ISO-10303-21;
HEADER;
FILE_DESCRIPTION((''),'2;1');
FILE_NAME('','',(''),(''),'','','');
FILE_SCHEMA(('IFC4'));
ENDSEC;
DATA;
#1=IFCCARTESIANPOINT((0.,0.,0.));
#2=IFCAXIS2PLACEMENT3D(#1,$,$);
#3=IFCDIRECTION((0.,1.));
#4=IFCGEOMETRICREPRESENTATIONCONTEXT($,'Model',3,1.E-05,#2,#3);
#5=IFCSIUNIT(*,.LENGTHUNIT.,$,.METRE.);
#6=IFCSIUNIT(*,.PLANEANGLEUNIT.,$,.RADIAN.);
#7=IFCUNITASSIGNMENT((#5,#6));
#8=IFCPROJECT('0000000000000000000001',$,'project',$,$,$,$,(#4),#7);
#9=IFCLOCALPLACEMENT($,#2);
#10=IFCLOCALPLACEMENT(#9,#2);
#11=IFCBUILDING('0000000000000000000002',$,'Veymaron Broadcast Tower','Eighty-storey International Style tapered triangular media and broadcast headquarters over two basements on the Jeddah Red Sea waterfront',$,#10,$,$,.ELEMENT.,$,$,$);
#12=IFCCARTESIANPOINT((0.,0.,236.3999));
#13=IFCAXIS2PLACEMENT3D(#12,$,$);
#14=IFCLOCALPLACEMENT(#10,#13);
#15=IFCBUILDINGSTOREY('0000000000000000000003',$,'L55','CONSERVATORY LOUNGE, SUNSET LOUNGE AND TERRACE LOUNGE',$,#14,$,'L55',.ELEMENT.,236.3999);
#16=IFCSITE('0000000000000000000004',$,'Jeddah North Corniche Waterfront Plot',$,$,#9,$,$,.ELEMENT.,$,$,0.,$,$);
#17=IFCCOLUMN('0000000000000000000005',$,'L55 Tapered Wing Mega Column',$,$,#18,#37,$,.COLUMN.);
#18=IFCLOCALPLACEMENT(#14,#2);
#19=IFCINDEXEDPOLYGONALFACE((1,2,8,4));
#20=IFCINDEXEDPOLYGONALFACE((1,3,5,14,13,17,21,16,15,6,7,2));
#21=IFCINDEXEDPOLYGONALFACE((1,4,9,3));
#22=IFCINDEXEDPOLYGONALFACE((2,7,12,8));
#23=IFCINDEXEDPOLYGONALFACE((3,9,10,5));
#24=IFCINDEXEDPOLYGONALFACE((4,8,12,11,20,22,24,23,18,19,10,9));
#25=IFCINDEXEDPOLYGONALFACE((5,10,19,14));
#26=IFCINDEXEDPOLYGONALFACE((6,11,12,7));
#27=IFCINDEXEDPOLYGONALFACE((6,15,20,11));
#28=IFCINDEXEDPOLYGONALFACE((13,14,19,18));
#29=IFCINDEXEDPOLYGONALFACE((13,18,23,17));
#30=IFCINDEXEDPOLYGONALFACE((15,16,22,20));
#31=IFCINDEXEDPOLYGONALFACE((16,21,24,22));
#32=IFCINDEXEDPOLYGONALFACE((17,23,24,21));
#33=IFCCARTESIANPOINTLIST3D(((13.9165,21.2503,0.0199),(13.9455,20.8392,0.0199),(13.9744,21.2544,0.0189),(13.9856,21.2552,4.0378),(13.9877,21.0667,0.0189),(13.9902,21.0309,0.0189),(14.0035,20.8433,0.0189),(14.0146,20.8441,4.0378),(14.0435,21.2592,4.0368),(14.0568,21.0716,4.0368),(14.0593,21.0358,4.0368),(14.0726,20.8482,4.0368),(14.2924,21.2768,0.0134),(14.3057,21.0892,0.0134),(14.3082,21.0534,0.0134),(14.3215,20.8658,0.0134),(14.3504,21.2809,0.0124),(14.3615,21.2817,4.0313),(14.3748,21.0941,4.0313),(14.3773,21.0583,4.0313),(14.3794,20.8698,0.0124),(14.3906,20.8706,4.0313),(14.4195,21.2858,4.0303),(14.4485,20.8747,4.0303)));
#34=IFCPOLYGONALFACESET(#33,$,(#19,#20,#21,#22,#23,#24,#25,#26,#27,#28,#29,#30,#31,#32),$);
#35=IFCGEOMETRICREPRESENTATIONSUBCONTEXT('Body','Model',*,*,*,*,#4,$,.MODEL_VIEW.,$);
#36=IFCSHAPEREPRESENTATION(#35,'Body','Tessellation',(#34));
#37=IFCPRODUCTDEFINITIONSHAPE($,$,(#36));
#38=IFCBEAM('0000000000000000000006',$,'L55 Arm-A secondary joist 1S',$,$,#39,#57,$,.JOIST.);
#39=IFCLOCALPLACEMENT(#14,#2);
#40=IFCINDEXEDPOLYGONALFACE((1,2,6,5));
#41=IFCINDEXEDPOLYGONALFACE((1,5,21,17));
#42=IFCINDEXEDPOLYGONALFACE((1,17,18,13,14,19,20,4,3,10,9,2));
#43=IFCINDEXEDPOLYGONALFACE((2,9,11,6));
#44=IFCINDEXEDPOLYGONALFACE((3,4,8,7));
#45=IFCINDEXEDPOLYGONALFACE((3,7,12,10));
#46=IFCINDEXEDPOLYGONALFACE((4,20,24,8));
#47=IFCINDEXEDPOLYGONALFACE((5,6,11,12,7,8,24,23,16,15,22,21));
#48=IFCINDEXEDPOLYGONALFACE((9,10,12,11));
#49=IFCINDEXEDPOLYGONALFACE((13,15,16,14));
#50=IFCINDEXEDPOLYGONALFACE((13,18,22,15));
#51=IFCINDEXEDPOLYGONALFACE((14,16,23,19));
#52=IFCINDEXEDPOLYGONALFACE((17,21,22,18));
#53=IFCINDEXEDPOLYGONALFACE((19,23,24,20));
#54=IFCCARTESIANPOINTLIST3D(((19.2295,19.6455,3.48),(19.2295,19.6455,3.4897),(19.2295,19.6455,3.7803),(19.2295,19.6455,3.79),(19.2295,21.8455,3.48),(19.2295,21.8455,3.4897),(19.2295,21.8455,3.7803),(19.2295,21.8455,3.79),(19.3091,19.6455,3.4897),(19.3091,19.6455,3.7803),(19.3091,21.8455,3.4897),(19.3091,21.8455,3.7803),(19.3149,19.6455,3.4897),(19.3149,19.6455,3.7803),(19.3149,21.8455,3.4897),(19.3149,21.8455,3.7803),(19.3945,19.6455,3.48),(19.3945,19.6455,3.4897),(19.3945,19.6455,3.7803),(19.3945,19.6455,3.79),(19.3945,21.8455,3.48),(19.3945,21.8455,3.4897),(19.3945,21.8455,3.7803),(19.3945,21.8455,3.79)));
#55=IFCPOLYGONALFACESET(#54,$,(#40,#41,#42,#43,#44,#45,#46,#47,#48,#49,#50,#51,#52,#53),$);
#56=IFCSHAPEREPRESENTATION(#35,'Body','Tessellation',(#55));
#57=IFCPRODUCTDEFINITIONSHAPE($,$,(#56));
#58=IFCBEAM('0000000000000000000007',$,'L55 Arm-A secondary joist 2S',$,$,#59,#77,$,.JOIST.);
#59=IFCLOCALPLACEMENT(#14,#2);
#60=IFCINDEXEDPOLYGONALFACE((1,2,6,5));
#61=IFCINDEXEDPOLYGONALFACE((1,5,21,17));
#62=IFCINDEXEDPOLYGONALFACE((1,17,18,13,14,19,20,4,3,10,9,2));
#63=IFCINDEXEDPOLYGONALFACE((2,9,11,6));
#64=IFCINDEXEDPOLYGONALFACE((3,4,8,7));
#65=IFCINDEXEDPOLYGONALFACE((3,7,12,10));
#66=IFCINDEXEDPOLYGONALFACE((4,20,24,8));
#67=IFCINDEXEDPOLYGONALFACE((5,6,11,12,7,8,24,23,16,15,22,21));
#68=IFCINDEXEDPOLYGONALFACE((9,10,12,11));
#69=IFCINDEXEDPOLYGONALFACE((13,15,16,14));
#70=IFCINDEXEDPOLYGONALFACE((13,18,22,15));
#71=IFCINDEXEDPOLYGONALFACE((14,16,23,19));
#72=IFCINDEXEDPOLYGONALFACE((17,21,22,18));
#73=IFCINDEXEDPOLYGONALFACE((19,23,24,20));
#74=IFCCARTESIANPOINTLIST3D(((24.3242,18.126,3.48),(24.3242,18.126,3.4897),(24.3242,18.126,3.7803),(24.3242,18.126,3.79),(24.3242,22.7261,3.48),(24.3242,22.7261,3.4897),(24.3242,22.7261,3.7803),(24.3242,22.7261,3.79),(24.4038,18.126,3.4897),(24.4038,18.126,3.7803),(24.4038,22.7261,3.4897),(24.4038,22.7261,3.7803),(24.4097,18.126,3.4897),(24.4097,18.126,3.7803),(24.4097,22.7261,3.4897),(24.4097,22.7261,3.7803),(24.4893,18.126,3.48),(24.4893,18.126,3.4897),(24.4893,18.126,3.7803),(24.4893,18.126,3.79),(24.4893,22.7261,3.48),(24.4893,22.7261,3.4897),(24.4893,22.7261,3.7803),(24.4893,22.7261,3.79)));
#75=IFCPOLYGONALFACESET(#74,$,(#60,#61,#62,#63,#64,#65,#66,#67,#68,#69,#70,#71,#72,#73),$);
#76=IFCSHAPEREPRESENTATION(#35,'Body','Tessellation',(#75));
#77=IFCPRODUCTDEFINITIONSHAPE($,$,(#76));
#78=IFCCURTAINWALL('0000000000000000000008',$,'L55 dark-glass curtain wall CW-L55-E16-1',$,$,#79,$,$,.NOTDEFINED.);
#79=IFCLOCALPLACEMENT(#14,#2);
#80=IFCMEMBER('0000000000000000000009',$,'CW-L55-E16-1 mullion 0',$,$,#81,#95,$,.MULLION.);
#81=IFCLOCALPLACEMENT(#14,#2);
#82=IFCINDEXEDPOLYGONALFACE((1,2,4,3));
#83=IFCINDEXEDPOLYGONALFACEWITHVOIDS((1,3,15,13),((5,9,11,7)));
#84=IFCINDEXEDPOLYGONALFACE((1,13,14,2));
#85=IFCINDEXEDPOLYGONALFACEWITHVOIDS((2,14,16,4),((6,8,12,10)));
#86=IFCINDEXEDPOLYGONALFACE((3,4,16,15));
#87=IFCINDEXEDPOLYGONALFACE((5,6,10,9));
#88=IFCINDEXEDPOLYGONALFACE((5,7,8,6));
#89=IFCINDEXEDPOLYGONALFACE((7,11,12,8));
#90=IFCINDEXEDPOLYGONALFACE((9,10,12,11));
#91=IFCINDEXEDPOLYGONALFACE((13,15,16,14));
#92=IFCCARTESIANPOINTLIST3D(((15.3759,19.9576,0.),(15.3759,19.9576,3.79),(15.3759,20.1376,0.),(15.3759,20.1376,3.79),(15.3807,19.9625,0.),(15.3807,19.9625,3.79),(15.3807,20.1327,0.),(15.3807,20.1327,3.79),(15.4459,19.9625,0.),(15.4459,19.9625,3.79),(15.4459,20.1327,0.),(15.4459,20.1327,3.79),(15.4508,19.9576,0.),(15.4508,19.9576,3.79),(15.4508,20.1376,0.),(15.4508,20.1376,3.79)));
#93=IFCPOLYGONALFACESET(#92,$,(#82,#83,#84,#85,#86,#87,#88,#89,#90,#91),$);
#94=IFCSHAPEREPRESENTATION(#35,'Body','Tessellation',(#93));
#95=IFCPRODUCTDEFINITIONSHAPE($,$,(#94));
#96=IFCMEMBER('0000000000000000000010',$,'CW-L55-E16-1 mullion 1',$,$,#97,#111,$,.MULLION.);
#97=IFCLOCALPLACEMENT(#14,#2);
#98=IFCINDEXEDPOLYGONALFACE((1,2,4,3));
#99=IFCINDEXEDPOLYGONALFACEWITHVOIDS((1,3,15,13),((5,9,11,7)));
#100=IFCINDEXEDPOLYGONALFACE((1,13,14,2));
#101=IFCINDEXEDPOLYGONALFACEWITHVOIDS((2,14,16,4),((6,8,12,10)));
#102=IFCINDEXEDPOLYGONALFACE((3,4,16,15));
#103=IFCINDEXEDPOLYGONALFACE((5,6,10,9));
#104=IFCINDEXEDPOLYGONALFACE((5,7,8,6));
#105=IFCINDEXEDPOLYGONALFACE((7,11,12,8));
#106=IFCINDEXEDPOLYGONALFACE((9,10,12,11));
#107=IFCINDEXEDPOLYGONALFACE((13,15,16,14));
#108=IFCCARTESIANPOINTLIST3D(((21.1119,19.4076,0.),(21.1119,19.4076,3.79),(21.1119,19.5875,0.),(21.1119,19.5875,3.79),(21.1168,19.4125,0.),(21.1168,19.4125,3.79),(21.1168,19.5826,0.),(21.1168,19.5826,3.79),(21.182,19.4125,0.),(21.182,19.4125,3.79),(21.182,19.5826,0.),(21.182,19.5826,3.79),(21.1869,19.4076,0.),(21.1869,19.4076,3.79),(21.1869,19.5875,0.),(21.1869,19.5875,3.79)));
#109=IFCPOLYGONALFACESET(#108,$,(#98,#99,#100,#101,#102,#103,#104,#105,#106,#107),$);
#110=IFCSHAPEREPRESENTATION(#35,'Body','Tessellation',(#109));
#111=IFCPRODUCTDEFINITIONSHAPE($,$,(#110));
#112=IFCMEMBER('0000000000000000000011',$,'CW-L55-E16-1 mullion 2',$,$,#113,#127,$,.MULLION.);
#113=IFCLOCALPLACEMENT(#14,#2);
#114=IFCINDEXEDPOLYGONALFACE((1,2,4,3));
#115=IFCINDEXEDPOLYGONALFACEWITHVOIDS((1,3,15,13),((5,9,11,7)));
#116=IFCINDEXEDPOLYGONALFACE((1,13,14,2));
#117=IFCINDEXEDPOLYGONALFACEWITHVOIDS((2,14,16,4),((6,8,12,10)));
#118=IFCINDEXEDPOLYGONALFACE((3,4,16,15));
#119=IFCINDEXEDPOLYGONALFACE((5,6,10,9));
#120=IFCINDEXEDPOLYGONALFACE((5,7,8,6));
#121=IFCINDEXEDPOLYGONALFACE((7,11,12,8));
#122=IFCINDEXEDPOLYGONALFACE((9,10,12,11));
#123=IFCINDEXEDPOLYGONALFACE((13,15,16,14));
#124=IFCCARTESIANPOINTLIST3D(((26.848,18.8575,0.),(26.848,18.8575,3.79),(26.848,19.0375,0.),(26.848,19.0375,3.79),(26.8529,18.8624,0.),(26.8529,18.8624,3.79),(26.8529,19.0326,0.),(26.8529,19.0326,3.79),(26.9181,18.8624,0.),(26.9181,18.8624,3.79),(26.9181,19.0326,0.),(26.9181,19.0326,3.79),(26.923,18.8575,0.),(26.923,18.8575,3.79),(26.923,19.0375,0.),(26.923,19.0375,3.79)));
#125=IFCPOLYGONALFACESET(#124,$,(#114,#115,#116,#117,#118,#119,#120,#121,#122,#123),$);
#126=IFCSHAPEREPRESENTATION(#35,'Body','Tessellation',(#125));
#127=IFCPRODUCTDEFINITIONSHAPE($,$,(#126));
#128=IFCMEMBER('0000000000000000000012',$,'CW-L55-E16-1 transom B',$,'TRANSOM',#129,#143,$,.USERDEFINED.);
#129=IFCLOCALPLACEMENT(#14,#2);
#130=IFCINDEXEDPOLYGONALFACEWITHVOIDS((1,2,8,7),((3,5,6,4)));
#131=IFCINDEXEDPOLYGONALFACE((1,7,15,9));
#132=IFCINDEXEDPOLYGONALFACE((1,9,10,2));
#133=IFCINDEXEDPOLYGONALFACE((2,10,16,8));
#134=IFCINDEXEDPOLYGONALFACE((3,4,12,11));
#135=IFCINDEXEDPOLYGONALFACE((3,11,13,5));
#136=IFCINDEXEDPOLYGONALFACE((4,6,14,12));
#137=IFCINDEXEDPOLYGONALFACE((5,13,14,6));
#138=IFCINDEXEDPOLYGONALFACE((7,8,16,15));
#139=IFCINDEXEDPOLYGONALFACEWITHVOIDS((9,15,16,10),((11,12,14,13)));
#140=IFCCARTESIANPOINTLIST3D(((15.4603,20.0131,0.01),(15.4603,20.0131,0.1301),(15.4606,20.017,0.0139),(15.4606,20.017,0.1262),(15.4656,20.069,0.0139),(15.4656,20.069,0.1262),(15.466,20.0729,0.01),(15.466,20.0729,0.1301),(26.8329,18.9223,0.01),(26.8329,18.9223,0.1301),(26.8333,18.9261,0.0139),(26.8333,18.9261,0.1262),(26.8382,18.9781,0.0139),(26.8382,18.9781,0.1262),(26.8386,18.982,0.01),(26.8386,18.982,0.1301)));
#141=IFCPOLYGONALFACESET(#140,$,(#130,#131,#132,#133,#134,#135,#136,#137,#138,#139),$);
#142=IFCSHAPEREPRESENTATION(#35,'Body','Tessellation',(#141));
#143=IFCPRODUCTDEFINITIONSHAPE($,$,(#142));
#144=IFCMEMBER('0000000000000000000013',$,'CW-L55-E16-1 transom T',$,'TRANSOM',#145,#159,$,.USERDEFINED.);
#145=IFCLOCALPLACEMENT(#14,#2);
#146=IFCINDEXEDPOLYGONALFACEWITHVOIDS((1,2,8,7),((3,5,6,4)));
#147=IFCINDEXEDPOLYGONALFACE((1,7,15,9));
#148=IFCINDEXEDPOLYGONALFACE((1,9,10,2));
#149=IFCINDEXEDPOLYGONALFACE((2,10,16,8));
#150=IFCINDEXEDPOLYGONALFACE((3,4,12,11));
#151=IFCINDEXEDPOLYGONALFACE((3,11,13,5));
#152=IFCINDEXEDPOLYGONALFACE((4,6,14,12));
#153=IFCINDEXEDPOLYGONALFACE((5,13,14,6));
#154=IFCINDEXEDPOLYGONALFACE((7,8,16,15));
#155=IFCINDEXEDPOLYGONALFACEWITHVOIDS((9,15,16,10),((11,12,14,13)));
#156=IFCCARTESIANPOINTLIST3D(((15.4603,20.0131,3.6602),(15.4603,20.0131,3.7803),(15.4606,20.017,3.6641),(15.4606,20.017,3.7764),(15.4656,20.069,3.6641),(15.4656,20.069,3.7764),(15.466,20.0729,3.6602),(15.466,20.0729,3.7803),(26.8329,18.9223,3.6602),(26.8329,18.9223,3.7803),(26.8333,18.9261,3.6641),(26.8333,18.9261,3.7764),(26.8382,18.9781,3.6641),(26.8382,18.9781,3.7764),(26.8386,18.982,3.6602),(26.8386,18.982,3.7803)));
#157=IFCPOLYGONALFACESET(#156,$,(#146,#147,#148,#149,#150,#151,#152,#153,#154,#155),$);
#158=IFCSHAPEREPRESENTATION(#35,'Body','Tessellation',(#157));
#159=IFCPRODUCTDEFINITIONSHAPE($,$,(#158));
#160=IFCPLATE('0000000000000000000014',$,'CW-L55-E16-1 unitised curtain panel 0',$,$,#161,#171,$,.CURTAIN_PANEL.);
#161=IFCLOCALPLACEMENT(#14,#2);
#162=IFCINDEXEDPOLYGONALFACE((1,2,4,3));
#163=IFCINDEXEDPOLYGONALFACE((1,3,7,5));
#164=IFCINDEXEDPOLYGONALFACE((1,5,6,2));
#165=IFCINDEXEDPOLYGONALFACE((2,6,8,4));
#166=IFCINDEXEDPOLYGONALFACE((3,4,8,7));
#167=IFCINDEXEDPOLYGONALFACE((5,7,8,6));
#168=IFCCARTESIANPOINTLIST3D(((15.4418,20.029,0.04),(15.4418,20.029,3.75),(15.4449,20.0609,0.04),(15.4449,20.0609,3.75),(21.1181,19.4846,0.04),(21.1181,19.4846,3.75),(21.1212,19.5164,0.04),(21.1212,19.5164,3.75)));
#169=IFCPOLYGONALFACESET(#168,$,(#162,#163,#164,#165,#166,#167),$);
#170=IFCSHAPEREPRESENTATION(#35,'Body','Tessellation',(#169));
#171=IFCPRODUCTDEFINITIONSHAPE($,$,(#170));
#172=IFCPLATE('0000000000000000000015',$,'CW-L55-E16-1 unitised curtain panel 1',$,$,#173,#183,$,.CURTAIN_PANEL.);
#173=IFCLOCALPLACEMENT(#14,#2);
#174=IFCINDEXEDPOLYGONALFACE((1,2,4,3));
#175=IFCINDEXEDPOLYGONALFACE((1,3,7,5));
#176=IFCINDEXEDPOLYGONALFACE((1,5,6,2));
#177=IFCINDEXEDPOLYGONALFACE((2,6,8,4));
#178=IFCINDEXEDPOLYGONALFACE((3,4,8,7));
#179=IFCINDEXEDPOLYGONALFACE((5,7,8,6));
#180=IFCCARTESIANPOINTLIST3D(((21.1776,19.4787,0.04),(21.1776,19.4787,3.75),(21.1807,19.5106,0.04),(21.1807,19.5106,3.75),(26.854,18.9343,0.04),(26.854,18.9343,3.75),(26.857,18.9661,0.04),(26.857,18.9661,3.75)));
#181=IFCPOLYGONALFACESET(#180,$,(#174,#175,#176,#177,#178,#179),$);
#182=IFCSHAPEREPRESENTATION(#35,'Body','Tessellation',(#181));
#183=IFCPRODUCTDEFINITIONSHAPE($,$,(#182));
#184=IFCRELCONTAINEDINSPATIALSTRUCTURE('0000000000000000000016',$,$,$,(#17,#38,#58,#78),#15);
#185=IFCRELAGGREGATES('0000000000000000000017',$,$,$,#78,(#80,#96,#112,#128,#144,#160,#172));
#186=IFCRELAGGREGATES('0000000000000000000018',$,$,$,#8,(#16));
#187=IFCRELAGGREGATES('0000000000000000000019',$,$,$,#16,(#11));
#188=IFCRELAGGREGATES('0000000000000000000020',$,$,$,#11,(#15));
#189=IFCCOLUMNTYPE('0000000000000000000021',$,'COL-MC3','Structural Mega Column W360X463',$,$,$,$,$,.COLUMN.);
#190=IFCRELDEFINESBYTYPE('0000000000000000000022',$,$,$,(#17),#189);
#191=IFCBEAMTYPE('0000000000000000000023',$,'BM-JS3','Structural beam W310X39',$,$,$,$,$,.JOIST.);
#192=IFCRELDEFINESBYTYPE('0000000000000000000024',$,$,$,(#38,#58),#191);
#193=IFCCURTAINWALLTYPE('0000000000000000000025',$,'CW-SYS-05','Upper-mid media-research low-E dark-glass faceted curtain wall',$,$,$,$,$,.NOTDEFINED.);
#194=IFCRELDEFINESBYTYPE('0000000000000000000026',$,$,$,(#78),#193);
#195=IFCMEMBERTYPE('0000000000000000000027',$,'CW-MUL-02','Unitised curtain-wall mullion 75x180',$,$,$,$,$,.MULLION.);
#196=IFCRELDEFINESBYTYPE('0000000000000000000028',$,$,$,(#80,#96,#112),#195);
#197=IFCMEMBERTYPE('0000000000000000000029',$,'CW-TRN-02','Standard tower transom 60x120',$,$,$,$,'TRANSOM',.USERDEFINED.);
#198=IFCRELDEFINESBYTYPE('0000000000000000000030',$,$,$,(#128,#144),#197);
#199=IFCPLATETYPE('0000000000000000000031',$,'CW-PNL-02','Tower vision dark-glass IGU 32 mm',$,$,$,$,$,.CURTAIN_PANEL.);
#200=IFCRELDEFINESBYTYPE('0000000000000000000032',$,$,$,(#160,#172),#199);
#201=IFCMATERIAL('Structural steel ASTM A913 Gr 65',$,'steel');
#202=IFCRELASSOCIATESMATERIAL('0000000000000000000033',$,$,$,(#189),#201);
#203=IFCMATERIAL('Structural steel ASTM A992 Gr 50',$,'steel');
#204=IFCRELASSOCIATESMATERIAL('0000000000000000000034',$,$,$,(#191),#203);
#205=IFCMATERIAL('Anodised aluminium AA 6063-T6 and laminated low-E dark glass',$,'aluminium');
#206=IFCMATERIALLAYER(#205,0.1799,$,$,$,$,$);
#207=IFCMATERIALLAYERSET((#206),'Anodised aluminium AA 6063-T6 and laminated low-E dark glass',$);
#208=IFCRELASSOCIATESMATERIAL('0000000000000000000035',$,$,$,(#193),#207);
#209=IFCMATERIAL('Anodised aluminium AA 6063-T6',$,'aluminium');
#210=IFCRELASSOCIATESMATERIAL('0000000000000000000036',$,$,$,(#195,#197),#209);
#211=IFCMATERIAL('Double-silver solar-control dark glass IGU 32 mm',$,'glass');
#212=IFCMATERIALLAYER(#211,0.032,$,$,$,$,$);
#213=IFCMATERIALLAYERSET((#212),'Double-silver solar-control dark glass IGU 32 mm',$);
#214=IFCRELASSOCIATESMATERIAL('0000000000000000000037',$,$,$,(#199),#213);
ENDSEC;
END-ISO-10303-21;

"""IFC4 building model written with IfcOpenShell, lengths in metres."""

from ifc_helpers import new_model, si_unit, direction, frame, origin, origin_2d, place, context, subcontext, project, spatial, rectangle, hollow_rectangle, i_section, extrude, material, layer, layer_set, material_profile, profile_set, type_object, element, aggregate, save


model = new_model("IFC4")

# Units and contexts
model_context = context("Model", 3, precision=1e-05, world=origin(), true_north=direction((0.0, 1.0)))
body_context = subcontext(model_context, "Body", "Model", "MODEL_VIEW")
ifc_project = project(units=[si_unit("LENGTHUNIT", "METRE"), si_unit("PLANEANGLEUNIT", "RADIAN")], contexts=[model_context])

# Site, building, storey
site_placement = place(None, origin())
site = spatial("IfcSite", under=ifc_project, at=site_placement, Name="Jeddah North Corniche Waterfront Plot", CompositionType="ELEMENT", RefElevation=0.0)
building_placement = place(site_placement, origin())
building = spatial("IfcBuilding", under=site, at=building_placement, Name="Veymaron Broadcast Tower", Description="Eighty-storey International Style tapered triangular media and broadcast headquarters over two basements on the Jeddah Red Sea waterfront", CompositionType="ELEMENT")
storey_placement = place(building_placement, frame((0.0, 0.0, 236.3999)))
storey = spatial("IfcBuildingStorey", under=building, at=storey_placement, Name="L55", Description="CONSERVATORY LOUNGE, SUNSET LOUNGE AND TERRACE LOUNGE", LongName="L55", CompositionType="ELEMENT", Elevation=236.3999)

# Column
ifc_material_1 = material(Name="Structural steel ASTM A913 Gr 65", Category="steel")
ifc_material_profile_1 = material_profile(ifc_material_1, i_section(OverallWidth=0.4121, OverallDepth=0.4351, WebThickness=0.0359, FlangeThickness=0.0581, at=origin_2d()), Name="W360X463")
ifc_profile_set_1 = profile_set([ifc_material_profile_1], Name="Structural steel ASTM A913 Gr 65")
column_type = type_object("IfcColumnType", Name="COL-MC3", Description="Structural Mega Column W360X463", PredefinedType="COLUMN", material=ifc_profile_set_1)
column_placement = place(storey_placement, frame((14.1479, 21.0601, 0.0161), z_axis=(0.017193, 0.001215, 0.999851), x_axis=(-0.070496, 0.997512, 0.0)))
element("IfcColumn", 1, at=column_placement, inside=storey, type_object=column_type, Name="L55 Tapered Wing Mega Column", PredefinedType="COLUMN", context=body_context, shape_type="SweptSolid", body=[
    extrude(i_section(OverallWidth=0.4121, OverallDepth=0.4351, WebThickness=0.0359, FlangeThickness=0.0581, at=origin_2d()), origin(), (0.0, 0.0, 1.0), 4.0186),
])

# Beams
ifc_material_2 = material(Name="Structural steel ASTM A992 Gr 50", Category="steel")
ifc_material_profile_2 = material_profile(ifc_material_2, i_section(OverallWidth=0.165, OverallDepth=0.3101, WebThickness=0.0059, FlangeThickness=0.0098, at=origin_2d()), Name="W310X39")
ifc_profile_set_2 = profile_set([ifc_material_profile_2], Name="Structural steel ASTM A992 Gr 50")
beam_type = type_object("IfcBeamType", Name="BM-JS3", Description="Structural beam W310X39", PredefinedType="JOIST", material=ifc_profile_set_2)
beam_1_placement = place(storey_placement, frame((19.312, 19.6455, 3.635), z_axis=(0.0, 1.0, 0.0), x_axis=(-1.0, 0.0, 0.0)))
element("IfcBeam", 2, at=beam_1_placement, inside=storey, type_object=beam_type, Name="L55 Arm-A secondary joist 1S", PredefinedType="JOIST", context=body_context, shape_type="SweptSolid", body=[
    extrude(i_section(OverallWidth=0.165, OverallDepth=0.3101, WebThickness=0.0059, FlangeThickness=0.0098, at=origin_2d()), origin(), (0.0, 0.0, 1.0), 2.2),
])
beam_2_placement = place(storey_placement, frame((24.4067, 18.126, 3.635), z_axis=(0.0, 1.0, 0.0), x_axis=(-1.0, 0.0, 0.0)))
element("IfcBeam", 3, at=beam_2_placement, inside=storey, type_object=beam_type, Name="L55 Arm-A secondary joist 2S", PredefinedType="JOIST", context=body_context, shape_type="SweptSolid", body=[
    extrude(i_section(OverallWidth=0.165, OverallDepth=0.3101, WebThickness=0.0059, FlangeThickness=0.0098, at=origin_2d()), origin(), (0.0, 0.0, 1.0), 4.6001),
])

# Curtain wall, members, plates
ifc_material_3 = material(Name="Anodised aluminium AA 6063-T6 and laminated low-E dark glass", Category="aluminium")
ifc_layer_1 = layer(ifc_material_3, 0.1799)
ifc_layer_set_1 = layer_set([ifc_layer_1], Name="Anodised aluminium AA 6063-T6 and laminated low-E dark glass")
curtain_wall_type = type_object("IfcCurtainWallType", Name="CW-SYS-05", Description="Upper-mid media-research low-E dark-glass faceted curtain wall", PredefinedType="NOTDEFINED", material=ifc_layer_set_1)
curtain_wall_placement = place(storey_placement, origin())
curtain_wall = element("IfcCurtainWall", 4, at=curtain_wall_placement, inside=storey, type_object=curtain_wall_type, Name="L55 dark-glass curtain wall CW-L55-E16-1", PredefinedType="NOTDEFINED")
ifc_material_4 = material(Name="Anodised aluminium AA 6063-T6", Category="aluminium")
ifc_material_profile_3 = material_profile(ifc_material_4, hollow_rectangle(XDim=0.075, YDim=0.1799, WallThickness=0.0049, at=origin_2d()), Name="AL180X75X5")
ifc_profile_set_3 = profile_set([ifc_material_profile_3], Name="Anodised aluminium AA 6063-T6")
member_type_1 = type_object("IfcMemberType", Name="CW-MUL-02", Description="Unitised curtain-wall mullion 75x180", PredefinedType="MULLION", material=ifc_profile_set_3)
member_1_placement = place(storey_placement, frame((15.4133, 20.0476, 0.0), z_axis=(0.0, 0.0, 1.0), x_axis=(1.0, 0.0, 0.0)))
member_1 = element("IfcMember", 5, at=member_1_placement, type_object=member_type_1, Name="CW-L55-E16-1 mullion 0", PredefinedType="MULLION", context=body_context, shape_type="SweptSolid", body=[
    extrude(hollow_rectangle(XDim=0.075, YDim=0.1799, WallThickness=0.0049, at=origin_2d()), origin(), (0.0, 0.0, 1.0), 3.79),
])
member_2_placement = place(storey_placement, frame((21.1494, 19.4976, 0.0), z_axis=(0.0, 0.0, 1.0), x_axis=(1.0, 0.0, 0.0)))
member_2 = element("IfcMember", 6, at=member_2_placement, type_object=member_type_1, Name="CW-L55-E16-1 mullion 1", PredefinedType="MULLION", context=body_context, shape_type="SweptSolid", body=[
    extrude(hollow_rectangle(XDim=0.075, YDim=0.1799, WallThickness=0.0049, at=origin_2d()), origin(), (0.0, 0.0, 1.0), 3.79),
])
member_3_placement = place(storey_placement, frame((26.8855, 18.9475, 0.0), z_axis=(0.0, 0.0, 1.0), x_axis=(1.0, 0.0, 0.0)))
member_3 = element("IfcMember", 7, at=member_3_placement, type_object=member_type_1, Name="CW-L55-E16-1 mullion 2", PredefinedType="MULLION", context=body_context, shape_type="SweptSolid", body=[
    extrude(hollow_rectangle(XDim=0.075, YDim=0.1799, WallThickness=0.0049, at=origin_2d()), origin(), (0.0, 0.0, 1.0), 3.79),
])
ifc_material_profile_4 = material_profile(ifc_material_4, hollow_rectangle(XDim=0.0601, YDim=0.1201, WallThickness=0.0039, at=origin_2d()), Name="AL120X60X4")
ifc_profile_set_4 = profile_set([ifc_material_profile_4], Name="Anodised aluminium AA 6063-T6")
member_type_2 = type_object("IfcMemberType", Name="CW-TRN-02", Description="Standard tower transom 60x120", ElementType="TRANSOM", PredefinedType="USERDEFINED", material=ifc_profile_set_4)
member_4_placement = place(storey_placement, frame((15.4631, 20.043, 0.0701), z_axis=(0.995431, -0.095479, 0.0), x_axis=(0.095479, 0.995431, 0.0)))
member_4 = element("IfcMember", 8, at=member_4_placement, type_object=member_type_2, Name="CW-L55-E16-1 transom B", ObjectType="TRANSOM", PredefinedType="USERDEFINED", context=body_context, shape_type="SweptSolid", body=[
    extrude(hollow_rectangle(XDim=0.0601, YDim=0.1201, WallThickness=0.0039, at=origin_2d()), origin(), (0.0, 0.0, 1.0), 11.4248),
])
member_5_placement = place(storey_placement, frame((15.4631, 20.043, 3.7202), z_axis=(0.995431, -0.095479, 0.0), x_axis=(0.095479, 0.995431, 0.0)))
member_5 = element("IfcMember", 9, at=member_5_placement, type_object=member_type_2, Name="CW-L55-E16-1 transom T", ObjectType="TRANSOM", PredefinedType="USERDEFINED", context=body_context, shape_type="SweptSolid", body=[
    extrude(hollow_rectangle(XDim=0.0601, YDim=0.1201, WallThickness=0.0039, at=origin_2d()), origin(), (0.0, 0.0, 1.0), 11.4248),
])
ifc_material_5 = material(Name="Double-silver solar-control dark glass IGU 32 mm", Category="glass")
ifc_layer_2 = layer(ifc_material_5, 0.032)
ifc_layer_set_2 = layer_set([ifc_layer_2], Name="Double-silver solar-control dark glass IGU 32 mm")
plate_type = type_object("IfcPlateType", Name="CW-PNL-02", Description="Tower vision dark-glass IGU 32 mm", PredefinedType="CURTAIN_PANEL", material=ifc_layer_set_2)
plate_1_placement = place(storey_placement, frame((18.2815, 19.7727, 0.04), z_axis=(0.0, 0.0, 1.0), x_axis=(0.995431, -0.095481, 0.0)))
plate_1 = element("IfcPlate", 10, at=plate_1_placement, type_object=plate_type, Name="CW-L55-E16-1 unitised curtain panel 0", PredefinedType="CURTAIN_PANEL", context=body_context, shape_type="SweptSolid", body=[
    extrude(rectangle(XDim=5.7024, YDim=0.032, at=origin_2d()), origin(), (0.0, 0.0, 1.0), 3.71),
])
plate_2_placement = place(storey_placement, frame((24.0173, 19.2224, 0.04), z_axis=(0.0, 0.0, 1.0), x_axis=(0.995431, -0.095481, 0.0)))
plate_2 = element("IfcPlate", 11, at=plate_2_placement, type_object=plate_type, Name="CW-L55-E16-1 unitised curtain panel 1", PredefinedType="CURTAIN_PANEL", context=body_context, shape_type="SweptSolid", body=[
    extrude(rectangle(XDim=5.7024, YDim=0.032, at=origin_2d()), origin(), (0.0, 0.0, 1.0), 3.71),
])
aggregate(curtain_wall, [member_1, member_2, member_3, member_4, member_5, plate_1, plate_2])

save(model, "model.ifc")
